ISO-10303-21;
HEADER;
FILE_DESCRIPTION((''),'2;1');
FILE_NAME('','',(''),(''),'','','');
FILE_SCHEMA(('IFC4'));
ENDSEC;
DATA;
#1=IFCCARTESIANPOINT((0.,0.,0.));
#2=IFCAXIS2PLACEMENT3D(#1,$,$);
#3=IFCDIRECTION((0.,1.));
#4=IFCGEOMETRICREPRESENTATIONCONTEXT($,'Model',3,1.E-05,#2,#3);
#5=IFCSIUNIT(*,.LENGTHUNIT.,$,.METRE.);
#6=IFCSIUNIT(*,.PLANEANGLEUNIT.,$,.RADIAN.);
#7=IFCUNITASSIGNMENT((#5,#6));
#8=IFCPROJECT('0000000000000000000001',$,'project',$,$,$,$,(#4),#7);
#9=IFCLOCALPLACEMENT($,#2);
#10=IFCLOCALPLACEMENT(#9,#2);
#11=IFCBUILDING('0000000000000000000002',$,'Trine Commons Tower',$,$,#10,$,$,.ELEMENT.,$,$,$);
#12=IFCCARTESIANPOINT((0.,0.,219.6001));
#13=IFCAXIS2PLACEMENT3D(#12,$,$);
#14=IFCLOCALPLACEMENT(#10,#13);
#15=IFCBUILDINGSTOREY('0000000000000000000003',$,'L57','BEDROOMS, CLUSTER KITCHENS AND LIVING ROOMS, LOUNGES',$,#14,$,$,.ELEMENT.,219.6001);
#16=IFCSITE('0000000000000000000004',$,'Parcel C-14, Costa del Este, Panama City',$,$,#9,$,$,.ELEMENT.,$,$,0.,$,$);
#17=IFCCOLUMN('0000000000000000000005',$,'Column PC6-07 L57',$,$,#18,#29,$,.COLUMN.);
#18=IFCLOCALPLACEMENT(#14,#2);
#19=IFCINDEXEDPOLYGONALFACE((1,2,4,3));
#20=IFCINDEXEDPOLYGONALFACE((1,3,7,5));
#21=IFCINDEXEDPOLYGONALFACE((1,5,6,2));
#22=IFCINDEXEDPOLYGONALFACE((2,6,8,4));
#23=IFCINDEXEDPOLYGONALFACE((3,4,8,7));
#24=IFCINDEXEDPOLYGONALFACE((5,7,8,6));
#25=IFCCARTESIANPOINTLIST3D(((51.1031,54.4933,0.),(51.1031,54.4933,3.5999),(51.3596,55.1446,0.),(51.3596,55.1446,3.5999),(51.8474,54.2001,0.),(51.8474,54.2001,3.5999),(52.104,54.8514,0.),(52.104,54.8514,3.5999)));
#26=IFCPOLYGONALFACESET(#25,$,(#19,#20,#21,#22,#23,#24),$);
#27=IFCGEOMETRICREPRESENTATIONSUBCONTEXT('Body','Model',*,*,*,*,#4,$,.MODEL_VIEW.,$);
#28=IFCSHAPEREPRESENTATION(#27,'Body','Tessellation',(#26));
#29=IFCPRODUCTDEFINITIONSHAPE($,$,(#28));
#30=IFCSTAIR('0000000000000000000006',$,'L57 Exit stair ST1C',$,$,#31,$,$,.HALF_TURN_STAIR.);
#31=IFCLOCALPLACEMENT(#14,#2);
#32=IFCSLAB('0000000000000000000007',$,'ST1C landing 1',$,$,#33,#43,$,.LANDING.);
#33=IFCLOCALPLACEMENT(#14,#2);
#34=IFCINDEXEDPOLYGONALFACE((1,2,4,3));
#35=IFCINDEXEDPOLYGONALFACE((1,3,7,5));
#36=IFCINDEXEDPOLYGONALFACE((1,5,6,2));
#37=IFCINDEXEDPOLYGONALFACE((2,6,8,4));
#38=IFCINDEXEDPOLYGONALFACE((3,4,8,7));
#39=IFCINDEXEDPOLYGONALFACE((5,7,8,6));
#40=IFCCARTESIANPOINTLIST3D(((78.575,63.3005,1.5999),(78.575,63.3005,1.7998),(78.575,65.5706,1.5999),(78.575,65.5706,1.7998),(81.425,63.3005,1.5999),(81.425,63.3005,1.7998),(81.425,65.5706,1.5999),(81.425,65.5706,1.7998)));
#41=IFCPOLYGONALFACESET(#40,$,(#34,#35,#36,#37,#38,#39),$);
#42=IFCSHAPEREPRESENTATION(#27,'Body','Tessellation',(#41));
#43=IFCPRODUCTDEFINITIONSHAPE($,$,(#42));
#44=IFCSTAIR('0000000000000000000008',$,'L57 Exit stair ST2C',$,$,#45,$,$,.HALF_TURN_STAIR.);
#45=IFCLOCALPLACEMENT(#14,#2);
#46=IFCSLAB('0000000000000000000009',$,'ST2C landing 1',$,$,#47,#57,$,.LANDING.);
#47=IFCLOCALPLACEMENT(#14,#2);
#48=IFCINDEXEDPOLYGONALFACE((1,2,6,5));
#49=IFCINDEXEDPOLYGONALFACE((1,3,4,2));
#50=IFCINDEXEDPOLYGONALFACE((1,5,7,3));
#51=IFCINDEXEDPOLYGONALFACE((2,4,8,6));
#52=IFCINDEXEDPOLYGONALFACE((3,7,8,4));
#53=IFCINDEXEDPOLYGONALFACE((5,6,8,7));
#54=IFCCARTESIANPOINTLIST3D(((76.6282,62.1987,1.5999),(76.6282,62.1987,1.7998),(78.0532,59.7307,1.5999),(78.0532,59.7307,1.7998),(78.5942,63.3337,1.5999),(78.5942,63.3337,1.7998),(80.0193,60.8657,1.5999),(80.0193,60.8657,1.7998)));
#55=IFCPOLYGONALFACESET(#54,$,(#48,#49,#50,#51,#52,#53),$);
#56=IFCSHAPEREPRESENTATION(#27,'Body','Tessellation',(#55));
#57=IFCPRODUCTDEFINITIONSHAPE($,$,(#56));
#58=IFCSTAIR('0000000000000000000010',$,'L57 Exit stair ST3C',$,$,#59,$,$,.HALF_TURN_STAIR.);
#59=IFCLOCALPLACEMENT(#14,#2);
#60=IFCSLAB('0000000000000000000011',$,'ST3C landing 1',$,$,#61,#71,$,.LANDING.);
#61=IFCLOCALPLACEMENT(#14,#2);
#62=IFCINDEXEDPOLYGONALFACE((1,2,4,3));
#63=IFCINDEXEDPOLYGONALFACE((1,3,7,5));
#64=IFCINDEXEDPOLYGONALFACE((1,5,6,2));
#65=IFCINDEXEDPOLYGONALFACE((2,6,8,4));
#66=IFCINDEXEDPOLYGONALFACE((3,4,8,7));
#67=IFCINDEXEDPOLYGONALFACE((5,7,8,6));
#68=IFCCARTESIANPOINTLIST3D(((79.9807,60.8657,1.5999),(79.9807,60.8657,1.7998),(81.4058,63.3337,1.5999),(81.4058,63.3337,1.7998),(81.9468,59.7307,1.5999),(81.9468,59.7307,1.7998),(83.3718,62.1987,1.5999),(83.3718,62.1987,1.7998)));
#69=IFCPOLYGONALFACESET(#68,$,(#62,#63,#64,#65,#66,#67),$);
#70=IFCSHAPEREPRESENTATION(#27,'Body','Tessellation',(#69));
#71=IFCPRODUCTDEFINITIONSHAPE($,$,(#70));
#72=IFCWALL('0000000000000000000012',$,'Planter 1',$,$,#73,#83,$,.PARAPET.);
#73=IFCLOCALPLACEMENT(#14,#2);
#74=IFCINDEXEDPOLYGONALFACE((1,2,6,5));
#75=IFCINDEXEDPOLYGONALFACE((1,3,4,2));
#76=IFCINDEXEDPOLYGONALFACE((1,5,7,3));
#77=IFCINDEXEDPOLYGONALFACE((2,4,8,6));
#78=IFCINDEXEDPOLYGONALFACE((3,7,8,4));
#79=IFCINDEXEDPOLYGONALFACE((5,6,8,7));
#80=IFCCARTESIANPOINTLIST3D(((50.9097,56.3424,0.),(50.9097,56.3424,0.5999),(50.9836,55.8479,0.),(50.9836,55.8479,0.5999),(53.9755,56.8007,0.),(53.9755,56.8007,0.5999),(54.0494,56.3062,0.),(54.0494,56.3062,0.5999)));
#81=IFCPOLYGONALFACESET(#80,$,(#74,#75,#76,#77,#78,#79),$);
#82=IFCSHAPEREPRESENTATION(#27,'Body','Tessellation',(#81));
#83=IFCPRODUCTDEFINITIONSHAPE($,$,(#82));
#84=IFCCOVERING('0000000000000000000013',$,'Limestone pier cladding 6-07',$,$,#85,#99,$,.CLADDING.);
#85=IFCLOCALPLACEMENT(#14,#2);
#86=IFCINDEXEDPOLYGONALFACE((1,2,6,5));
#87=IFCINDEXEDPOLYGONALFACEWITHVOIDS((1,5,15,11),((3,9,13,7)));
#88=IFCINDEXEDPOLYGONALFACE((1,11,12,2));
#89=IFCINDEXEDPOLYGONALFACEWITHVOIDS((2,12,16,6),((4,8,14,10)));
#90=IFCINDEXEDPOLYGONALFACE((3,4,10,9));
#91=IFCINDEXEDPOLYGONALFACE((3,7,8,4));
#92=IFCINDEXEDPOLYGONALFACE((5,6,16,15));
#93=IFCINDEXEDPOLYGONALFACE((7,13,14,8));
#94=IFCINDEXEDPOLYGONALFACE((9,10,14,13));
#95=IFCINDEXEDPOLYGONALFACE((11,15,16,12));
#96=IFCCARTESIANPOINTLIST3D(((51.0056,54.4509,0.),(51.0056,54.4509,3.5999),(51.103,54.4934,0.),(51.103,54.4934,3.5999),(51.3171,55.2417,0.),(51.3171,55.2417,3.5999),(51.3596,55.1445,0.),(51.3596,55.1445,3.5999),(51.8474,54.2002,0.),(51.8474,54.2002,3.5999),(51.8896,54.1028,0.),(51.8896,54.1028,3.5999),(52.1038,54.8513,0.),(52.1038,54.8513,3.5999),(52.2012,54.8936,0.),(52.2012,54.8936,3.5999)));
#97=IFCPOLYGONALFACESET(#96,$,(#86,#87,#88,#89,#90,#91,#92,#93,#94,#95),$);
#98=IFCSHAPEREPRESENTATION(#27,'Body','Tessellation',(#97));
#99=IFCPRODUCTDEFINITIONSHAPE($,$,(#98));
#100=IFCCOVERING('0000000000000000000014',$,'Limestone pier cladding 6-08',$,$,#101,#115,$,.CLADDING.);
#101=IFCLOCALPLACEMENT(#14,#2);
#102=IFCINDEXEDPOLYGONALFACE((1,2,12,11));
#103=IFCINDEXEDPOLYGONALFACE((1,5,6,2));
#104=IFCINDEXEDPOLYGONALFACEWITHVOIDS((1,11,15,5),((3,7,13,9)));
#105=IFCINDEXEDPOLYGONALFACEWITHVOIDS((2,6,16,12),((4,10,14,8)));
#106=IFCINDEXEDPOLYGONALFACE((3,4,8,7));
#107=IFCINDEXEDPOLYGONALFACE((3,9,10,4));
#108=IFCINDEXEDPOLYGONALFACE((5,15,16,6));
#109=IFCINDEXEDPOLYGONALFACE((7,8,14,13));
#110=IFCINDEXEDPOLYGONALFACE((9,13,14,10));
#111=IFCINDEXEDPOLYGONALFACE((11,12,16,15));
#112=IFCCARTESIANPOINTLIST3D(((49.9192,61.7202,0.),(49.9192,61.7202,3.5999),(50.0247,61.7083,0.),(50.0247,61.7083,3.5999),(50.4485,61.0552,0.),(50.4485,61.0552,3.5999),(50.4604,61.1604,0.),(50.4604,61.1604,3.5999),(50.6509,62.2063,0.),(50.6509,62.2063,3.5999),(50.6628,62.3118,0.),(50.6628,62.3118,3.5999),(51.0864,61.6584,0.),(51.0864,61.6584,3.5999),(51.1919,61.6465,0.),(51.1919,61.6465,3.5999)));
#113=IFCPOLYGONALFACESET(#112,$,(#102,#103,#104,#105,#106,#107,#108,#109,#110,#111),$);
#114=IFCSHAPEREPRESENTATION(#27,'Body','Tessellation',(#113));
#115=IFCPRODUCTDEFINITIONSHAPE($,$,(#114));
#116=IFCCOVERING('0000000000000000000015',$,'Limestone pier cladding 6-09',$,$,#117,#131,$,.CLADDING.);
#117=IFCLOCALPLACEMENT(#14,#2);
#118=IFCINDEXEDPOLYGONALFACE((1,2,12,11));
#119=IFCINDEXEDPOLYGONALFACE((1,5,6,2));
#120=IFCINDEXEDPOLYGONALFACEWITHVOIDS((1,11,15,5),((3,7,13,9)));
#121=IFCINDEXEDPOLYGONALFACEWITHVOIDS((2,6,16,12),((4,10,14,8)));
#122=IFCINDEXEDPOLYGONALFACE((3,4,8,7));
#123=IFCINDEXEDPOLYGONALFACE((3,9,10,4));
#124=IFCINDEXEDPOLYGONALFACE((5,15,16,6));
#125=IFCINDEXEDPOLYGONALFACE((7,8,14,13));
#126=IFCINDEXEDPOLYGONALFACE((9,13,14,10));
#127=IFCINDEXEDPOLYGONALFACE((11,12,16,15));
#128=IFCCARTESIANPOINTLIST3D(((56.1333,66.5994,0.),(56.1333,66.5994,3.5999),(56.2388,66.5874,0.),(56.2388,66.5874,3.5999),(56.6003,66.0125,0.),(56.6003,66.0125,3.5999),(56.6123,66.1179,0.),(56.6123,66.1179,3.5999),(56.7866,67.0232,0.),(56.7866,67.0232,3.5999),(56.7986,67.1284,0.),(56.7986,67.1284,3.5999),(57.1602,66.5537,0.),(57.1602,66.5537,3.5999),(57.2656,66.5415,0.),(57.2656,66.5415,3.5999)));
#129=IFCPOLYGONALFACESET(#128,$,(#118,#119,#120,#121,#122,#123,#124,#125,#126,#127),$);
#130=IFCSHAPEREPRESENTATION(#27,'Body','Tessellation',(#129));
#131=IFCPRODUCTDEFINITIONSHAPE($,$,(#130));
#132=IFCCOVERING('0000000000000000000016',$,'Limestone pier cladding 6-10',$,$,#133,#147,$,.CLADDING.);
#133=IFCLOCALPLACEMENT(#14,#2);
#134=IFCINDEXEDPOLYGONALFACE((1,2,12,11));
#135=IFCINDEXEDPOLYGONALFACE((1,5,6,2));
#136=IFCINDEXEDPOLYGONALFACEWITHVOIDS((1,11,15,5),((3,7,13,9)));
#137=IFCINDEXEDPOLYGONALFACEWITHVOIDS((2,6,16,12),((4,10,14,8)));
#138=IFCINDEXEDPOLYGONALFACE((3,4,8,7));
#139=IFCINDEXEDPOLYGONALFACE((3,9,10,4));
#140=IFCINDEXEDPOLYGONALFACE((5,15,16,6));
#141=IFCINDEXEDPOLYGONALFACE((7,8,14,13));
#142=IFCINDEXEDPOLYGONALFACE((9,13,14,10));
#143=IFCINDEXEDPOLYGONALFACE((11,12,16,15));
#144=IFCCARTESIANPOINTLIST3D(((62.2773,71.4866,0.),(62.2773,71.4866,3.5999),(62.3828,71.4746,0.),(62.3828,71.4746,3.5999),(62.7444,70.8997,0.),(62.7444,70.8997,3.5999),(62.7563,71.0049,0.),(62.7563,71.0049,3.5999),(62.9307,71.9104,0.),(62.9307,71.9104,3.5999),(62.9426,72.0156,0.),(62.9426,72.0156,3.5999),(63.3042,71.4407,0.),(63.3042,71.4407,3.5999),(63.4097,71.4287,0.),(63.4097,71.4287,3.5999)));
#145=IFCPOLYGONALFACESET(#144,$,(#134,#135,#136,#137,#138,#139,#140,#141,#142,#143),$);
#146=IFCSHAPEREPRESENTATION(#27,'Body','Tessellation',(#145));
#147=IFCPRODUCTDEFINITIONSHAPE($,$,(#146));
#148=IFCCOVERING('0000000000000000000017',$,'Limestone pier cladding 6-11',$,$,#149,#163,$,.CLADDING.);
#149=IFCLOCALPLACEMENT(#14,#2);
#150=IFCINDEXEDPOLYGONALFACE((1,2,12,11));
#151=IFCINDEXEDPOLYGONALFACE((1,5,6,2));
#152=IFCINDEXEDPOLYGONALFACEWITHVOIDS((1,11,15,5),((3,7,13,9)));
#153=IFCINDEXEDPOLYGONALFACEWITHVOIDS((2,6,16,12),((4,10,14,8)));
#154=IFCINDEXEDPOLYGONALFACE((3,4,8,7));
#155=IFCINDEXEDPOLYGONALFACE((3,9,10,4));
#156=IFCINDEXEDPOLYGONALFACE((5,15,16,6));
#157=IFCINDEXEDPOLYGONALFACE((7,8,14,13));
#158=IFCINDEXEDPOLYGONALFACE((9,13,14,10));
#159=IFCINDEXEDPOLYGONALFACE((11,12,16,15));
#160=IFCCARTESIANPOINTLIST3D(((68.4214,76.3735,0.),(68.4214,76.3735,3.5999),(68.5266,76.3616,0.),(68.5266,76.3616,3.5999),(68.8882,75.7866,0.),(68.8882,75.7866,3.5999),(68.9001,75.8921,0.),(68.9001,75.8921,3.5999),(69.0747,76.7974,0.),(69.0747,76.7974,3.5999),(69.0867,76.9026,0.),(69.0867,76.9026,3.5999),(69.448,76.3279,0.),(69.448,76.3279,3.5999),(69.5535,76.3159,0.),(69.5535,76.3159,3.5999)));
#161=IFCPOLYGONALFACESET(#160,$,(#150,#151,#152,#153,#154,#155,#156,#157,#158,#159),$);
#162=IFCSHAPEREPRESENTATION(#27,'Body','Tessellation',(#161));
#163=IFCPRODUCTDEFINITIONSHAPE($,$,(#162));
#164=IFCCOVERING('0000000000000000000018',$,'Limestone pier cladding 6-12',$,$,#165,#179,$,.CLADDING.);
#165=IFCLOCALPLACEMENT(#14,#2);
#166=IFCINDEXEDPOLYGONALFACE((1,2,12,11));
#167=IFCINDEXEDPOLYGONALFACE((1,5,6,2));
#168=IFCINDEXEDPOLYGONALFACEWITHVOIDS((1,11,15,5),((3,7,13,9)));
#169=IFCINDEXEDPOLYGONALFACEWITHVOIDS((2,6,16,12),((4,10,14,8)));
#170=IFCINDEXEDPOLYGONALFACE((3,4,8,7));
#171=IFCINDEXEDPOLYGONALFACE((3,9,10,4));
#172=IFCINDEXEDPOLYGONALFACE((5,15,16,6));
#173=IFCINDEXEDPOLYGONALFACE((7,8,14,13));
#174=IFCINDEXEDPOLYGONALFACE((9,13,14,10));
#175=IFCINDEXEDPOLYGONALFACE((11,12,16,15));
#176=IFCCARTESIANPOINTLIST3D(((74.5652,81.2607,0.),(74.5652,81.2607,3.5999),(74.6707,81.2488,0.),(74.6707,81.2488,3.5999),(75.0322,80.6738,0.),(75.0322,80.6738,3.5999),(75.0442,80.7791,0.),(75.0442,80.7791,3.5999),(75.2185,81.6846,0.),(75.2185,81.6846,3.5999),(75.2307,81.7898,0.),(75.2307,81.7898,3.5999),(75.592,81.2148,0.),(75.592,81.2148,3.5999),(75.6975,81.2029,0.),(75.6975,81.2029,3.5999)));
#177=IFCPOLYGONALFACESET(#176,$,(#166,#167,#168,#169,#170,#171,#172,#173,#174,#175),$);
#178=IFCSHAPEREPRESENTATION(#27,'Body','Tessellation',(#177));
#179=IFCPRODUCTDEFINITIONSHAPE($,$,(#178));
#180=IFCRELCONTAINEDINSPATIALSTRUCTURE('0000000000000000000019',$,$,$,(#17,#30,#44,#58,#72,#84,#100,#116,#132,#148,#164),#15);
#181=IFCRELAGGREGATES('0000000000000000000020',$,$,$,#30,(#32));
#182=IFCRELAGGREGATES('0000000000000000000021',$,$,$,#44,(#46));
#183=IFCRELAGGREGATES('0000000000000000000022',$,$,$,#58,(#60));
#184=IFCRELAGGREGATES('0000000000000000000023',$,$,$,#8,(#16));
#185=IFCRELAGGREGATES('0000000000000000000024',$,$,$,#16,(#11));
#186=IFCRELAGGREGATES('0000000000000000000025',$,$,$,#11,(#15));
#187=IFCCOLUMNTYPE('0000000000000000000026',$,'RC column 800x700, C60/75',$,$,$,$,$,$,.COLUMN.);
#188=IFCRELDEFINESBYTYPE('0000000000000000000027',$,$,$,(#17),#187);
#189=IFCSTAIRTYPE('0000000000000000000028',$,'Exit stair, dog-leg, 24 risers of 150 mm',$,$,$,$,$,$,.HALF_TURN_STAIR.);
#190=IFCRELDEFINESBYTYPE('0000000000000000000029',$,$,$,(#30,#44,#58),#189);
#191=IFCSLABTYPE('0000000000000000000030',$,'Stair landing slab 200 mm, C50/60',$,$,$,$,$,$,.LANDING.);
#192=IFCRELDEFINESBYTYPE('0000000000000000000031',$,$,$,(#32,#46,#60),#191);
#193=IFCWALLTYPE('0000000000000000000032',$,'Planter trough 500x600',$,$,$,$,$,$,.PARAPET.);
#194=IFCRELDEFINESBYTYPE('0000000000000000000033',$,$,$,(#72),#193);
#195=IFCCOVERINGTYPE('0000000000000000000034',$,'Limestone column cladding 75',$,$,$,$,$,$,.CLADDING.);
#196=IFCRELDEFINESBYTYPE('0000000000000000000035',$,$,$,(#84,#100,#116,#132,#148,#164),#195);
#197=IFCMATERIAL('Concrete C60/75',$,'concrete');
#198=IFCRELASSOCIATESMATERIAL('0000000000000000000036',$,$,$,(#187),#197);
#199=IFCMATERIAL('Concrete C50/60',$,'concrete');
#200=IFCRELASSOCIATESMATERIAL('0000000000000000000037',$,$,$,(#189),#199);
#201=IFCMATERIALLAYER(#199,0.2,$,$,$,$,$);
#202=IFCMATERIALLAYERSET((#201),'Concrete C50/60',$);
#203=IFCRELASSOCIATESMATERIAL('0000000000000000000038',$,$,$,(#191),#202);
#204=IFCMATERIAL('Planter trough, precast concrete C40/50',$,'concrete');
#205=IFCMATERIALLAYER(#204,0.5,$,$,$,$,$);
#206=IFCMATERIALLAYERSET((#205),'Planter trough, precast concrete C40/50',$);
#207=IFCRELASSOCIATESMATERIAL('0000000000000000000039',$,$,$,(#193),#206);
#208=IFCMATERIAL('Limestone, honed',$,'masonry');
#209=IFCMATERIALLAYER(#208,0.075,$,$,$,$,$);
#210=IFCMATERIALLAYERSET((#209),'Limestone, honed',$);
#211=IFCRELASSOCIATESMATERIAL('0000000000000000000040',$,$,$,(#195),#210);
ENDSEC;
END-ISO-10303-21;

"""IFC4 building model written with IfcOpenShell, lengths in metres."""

from ifc_helpers import new_model, si_unit, direction, frame, frame_2d, origin, origin_2d, place, context, subcontext, project, spatial, polyline, rectangle, outline, extrude, material, layer, layer_set, material_profile, profile_set, type_object, element, aggregate, save


model = new_model("IFC4")

# Units and contexts
model_context = context("Model", 3, precision=1e-05, world=origin(), true_north=direction((0.0, 1.0)))
body_context = subcontext(model_context, "Body", "Model", "MODEL_VIEW")
ifc_project = project(units=[si_unit("LENGTHUNIT", "METRE"), si_unit("PLANEANGLEUNIT", "RADIAN")], contexts=[model_context])

# Site, building, storey
site_placement = place(None, origin())
site = spatial("IfcSite", under=ifc_project, at=site_placement, Name="Parcel C-14, Costa del Este, Panama City", CompositionType="ELEMENT", RefElevation=0.0)
building_placement = place(site_placement, origin())
building = spatial("IfcBuilding", under=site, at=building_placement, Name="Trine Commons Tower", CompositionType="ELEMENT")
storey_placement = place(building_placement, frame((0.0, 0.0, 219.6001)))
storey = spatial("IfcBuildingStorey", under=building, at=storey_placement, Name="L57", Description="BEDROOMS, CLUSTER KITCHENS AND LIVING ROOMS, LOUNGES", CompositionType="ELEMENT", Elevation=219.6001)

# Column
ifc_material_1 = material(Name="Concrete C60/75", Category="concrete")
ifc_material_profile = material_profile(ifc_material_1, rectangle(XDim=0.8, YDim=0.7, at=origin_2d()), Name="RC 800x700")
ifc_profile_set = profile_set([ifc_material_profile], Name="Concrete C60/75")
column_type = type_object("IfcColumnType", Name="RC column 800x700, C60/75", PredefinedType="COLUMN", material=ifc_profile_set)
column_placement = place(storey_placement, frame((51.6035, 54.6724, 0.0), z_axis=(0.0, 0.0, 1.0), x_axis=(-0.930418, 0.366501, 0.0)))
element("IfcColumn", 1, at=column_placement, inside=storey, type_object=column_type, Name="Column PC6-07 L57", PredefinedType="COLUMN", context=body_context, shape_type="SweptSolid", body=[
    extrude(rectangle(XDim=0.8, YDim=0.7, at=origin_2d()), origin(), (0.0, 0.0, 1.0), 3.5999),
])

# Stairs, slabs
ifc_material_2 = material(Name="Concrete C50/60", Category="concrete")
stair_type = type_object("IfcStairType", Name="Exit stair, dog-leg, 24 risers of 150 mm", PredefinedType="HALF_TURN_STAIR", material=ifc_material_2)
stair_1_placement = place(storey_placement, origin())
stair_1 = element("IfcStair", 2, at=stair_1_placement, inside=storey, type_object=stair_type, Name="L57 Exit stair ST1C", PredefinedType="HALF_TURN_STAIR")
ifc_layer_1 = layer(ifc_material_2, 0.2)
ifc_layer_set_1 = layer_set([ifc_layer_1], Name="Concrete C50/60")
slab_type = type_object("IfcSlabType", Name="Stair landing slab 200 mm, C50/60", PredefinedType="LANDING", material=ifc_layer_set_1)
slab_1_placement = place(storey_placement, frame((0.0, 0.0, 1.5999)))
slab_1 = element("IfcSlab", 3, at=slab_1_placement, type_object=slab_type, Name="ST1C landing 1", PredefinedType="LANDING", context=body_context, shape_type="SweptSolid", body=[
    extrude(outline(polyline([(78.575, 65.5706), (78.575, 63.3005), (81.425, 63.3005), (81.425, 65.5706), (78.575, 65.5706)])), origin(), (0.0, 0.0, 1.0), 0.2),
])
aggregate(stair_1, [slab_1])
stair_2_placement = place(storey_placement, origin())
stair_2 = element("IfcStair", 4, at=stair_2_placement, inside=storey, type_object=stair_type, Name="L57 Exit stair ST2C", PredefinedType="HALF_TURN_STAIR")
slab_2_placement = place(storey_placement, frame((0.0, 0.0, 1.5999)))
slab_2 = element("IfcSlab", 5, at=slab_2_placement, type_object=slab_type, Name="ST2C landing 1", PredefinedType="LANDING", context=body_context, shape_type="SweptSolid", body=[
    extrude(outline(polyline([(78.0532, 59.7307), (80.0193, 60.8657), (78.5942, 63.3337), (76.6282, 62.1987), (78.0532, 59.7307)])), origin(), (0.0, 0.0, 1.0), 0.2),
])
aggregate(stair_2, [slab_2])
stair_3_placement = place(storey_placement, origin())
stair_3 = element("IfcStair", 6, at=stair_3_placement, inside=storey, type_object=stair_type, Name="L57 Exit stair ST3C", PredefinedType="HALF_TURN_STAIR")
slab_3_placement = place(storey_placement, frame((0.0, 0.0, 1.5999)))
slab_3 = element("IfcSlab", 7, at=slab_3_placement, type_object=slab_type, Name="ST3C landing 1", PredefinedType="LANDING", context=body_context, shape_type="SweptSolid", body=[
    extrude(outline(polyline([(83.3718, 62.1987), (81.4058, 63.3337), (79.9807, 60.8657), (81.9468, 59.7307), (83.3718, 62.1987)])), origin(), (0.0, 0.0, 1.0), 0.2),
])
aggregate(stair_3, [slab_3])

# Wall
ifc_material_3 = material(Name="Planter trough, precast concrete C40/50", Category="concrete")
ifc_layer_2 = layer(ifc_material_3, 0.5)
ifc_layer_set_2 = layer_set([ifc_layer_2], Name="Planter trough, precast concrete C40/50")
wall_type = type_object("IfcWallType", Name="Planter trough 500x600", PredefinedType="PARAPET", material=ifc_layer_set_2)
wall_placement = place(storey_placement, frame((50.9468, 56.0952, 0.0), z_axis=(0.0, 0.0, 1.0), x_axis=(0.989012, 0.147836, 0.0)))
element("IfcWall", 8, at=wall_placement, inside=storey, type_object=wall_type, Name="Planter 1", PredefinedType="PARAPET", context=body_context, shape_type="SweptSolid", body=[
    extrude(rectangle(XDim=3.0999, YDim=0.5, at=frame_2d((1.5498, 0.0))), origin(), (0.0, 0.0, 1.0), 0.5999),
])

# Coverings
ifc_material_4 = material(Name="Limestone, honed", Category="masonry")
ifc_layer_3 = layer(ifc_material_4, 0.075)
ifc_layer_set_3 = layer_set([ifc_layer_3], Name="Limestone, honed")
covering_type_1 = type_object("IfcCoveringType", Name="Limestone column cladding 75", PredefinedType="CLADDING", material=ifc_layer_set_3)
covering_1_placement = place(storey_placement, origin())
element("IfcCovering", 9, at=covering_1_placement, inside=storey, type_object=covering_type_1, Name="Limestone pier cladding 6-07", PredefinedType="CLADDING", context=body_context, shape_type="SweptSolid", body=[
    extrude(outline(polyline([(51.3171, 55.2417), (51.0056, 54.4509), (51.8896, 54.1028), (52.2012, 54.8936), (51.3171, 55.2417)]), holes=[polyline([(51.3596, 55.1445), (51.103, 54.4934), (51.8474, 54.2002), (52.1038, 54.8513), (51.3596, 55.1445)])]), origin(), (0.0, 0.0, 1.0), 3.5999),
])
covering_2_placement = place(storey_placement, origin())
element("IfcCovering", 10, at=covering_2_placement, inside=storey, type_object=covering_type_1, Name="Limestone pier cladding 6-08", PredefinedType="CLADDING", context=body_context, shape_type="SweptSolid", body=[
    extrude(outline(polyline([(51.1919, 61.6465), (50.6628, 62.3118), (49.9192, 61.7202), (50.4485, 61.0552), (51.1919, 61.6465)]), holes=[polyline([(51.0864, 61.6584), (50.6509, 62.2063), (50.0247, 61.7083), (50.4604, 61.1604), (51.0864, 61.6584)])]), origin(), (0.0, 0.0, 1.0), 3.5999),
])
covering_3_placement = place(storey_placement, origin())
element("IfcCovering", 11, at=covering_3_placement, inside=storey, type_object=covering_type_1, Name="Limestone pier cladding 6-09", PredefinedType="CLADDING", context=body_context, shape_type="SweptSolid", body=[
    extrude(outline(polyline([(57.2656, 66.5415), (56.7986, 67.1284), (56.1333, 66.5994), (56.6003, 66.0125), (57.2656, 66.5415)]), holes=[polyline([(57.1602, 66.5537), (56.7866, 67.0232), (56.2388, 66.5874), (56.6123, 66.1179), (57.1602, 66.5537)])]), origin(), (0.0, 0.0, 1.0), 3.5999),
])
covering_4_placement = place(storey_placement, origin())
element("IfcCovering", 12, at=covering_4_placement, inside=storey, type_object=covering_type_1, Name="Limestone pier cladding 6-10", PredefinedType="CLADDING", context=body_context, shape_type="SweptSolid", body=[
    extrude(outline(polyline([(63.4097, 71.4287), (62.9426, 72.0156), (62.2773, 71.4866), (62.7444, 70.8997), (63.4097, 71.4287)]), holes=[polyline([(63.3042, 71.4407), (62.9307, 71.9104), (62.3828, 71.4746), (62.7563, 71.0049), (63.3042, 71.4407)])]), origin(), (0.0, 0.0, 1.0), 3.5999),
])
covering_5_placement = place(storey_placement, origin())
element("IfcCovering", 13, at=covering_5_placement, inside=storey, type_object=covering_type_1, Name="Limestone pier cladding 6-11", PredefinedType="CLADDING", context=body_context, shape_type="SweptSolid", body=[
    extrude(outline(polyline([(69.5535, 76.3159), (69.0867, 76.9026), (68.4214, 76.3735), (68.8882, 75.7866), (69.5535, 76.3159)]), holes=[polyline([(69.448, 76.3279), (69.0747, 76.7974), (68.5266, 76.3616), (68.9001, 75.8921), (69.448, 76.3279)])]), origin(), (0.0, 0.0, 1.0), 3.5999),
])
covering_6_placement = place(storey_placement, origin())
element("IfcCovering", 14, at=covering_6_placement, inside=storey, type_object=covering_type_1, Name="Limestone pier cladding 6-12", PredefinedType="CLADDING", context=body_context, shape_type="SweptSolid", body=[
    extrude(outline(polyline([(75.6975, 81.2029), (75.2307, 81.7898), (74.5652, 81.2607), (75.0322, 80.6738), (75.6975, 81.2029)]), holes=[polyline([(75.592, 81.2148), (75.2185, 81.6846), (74.6707, 81.2488), (75.0442, 80.7791), (75.592, 81.2148)])]), origin(), (0.0, 0.0, 1.0), 3.5999),
])

save(model, "model.ifc")
